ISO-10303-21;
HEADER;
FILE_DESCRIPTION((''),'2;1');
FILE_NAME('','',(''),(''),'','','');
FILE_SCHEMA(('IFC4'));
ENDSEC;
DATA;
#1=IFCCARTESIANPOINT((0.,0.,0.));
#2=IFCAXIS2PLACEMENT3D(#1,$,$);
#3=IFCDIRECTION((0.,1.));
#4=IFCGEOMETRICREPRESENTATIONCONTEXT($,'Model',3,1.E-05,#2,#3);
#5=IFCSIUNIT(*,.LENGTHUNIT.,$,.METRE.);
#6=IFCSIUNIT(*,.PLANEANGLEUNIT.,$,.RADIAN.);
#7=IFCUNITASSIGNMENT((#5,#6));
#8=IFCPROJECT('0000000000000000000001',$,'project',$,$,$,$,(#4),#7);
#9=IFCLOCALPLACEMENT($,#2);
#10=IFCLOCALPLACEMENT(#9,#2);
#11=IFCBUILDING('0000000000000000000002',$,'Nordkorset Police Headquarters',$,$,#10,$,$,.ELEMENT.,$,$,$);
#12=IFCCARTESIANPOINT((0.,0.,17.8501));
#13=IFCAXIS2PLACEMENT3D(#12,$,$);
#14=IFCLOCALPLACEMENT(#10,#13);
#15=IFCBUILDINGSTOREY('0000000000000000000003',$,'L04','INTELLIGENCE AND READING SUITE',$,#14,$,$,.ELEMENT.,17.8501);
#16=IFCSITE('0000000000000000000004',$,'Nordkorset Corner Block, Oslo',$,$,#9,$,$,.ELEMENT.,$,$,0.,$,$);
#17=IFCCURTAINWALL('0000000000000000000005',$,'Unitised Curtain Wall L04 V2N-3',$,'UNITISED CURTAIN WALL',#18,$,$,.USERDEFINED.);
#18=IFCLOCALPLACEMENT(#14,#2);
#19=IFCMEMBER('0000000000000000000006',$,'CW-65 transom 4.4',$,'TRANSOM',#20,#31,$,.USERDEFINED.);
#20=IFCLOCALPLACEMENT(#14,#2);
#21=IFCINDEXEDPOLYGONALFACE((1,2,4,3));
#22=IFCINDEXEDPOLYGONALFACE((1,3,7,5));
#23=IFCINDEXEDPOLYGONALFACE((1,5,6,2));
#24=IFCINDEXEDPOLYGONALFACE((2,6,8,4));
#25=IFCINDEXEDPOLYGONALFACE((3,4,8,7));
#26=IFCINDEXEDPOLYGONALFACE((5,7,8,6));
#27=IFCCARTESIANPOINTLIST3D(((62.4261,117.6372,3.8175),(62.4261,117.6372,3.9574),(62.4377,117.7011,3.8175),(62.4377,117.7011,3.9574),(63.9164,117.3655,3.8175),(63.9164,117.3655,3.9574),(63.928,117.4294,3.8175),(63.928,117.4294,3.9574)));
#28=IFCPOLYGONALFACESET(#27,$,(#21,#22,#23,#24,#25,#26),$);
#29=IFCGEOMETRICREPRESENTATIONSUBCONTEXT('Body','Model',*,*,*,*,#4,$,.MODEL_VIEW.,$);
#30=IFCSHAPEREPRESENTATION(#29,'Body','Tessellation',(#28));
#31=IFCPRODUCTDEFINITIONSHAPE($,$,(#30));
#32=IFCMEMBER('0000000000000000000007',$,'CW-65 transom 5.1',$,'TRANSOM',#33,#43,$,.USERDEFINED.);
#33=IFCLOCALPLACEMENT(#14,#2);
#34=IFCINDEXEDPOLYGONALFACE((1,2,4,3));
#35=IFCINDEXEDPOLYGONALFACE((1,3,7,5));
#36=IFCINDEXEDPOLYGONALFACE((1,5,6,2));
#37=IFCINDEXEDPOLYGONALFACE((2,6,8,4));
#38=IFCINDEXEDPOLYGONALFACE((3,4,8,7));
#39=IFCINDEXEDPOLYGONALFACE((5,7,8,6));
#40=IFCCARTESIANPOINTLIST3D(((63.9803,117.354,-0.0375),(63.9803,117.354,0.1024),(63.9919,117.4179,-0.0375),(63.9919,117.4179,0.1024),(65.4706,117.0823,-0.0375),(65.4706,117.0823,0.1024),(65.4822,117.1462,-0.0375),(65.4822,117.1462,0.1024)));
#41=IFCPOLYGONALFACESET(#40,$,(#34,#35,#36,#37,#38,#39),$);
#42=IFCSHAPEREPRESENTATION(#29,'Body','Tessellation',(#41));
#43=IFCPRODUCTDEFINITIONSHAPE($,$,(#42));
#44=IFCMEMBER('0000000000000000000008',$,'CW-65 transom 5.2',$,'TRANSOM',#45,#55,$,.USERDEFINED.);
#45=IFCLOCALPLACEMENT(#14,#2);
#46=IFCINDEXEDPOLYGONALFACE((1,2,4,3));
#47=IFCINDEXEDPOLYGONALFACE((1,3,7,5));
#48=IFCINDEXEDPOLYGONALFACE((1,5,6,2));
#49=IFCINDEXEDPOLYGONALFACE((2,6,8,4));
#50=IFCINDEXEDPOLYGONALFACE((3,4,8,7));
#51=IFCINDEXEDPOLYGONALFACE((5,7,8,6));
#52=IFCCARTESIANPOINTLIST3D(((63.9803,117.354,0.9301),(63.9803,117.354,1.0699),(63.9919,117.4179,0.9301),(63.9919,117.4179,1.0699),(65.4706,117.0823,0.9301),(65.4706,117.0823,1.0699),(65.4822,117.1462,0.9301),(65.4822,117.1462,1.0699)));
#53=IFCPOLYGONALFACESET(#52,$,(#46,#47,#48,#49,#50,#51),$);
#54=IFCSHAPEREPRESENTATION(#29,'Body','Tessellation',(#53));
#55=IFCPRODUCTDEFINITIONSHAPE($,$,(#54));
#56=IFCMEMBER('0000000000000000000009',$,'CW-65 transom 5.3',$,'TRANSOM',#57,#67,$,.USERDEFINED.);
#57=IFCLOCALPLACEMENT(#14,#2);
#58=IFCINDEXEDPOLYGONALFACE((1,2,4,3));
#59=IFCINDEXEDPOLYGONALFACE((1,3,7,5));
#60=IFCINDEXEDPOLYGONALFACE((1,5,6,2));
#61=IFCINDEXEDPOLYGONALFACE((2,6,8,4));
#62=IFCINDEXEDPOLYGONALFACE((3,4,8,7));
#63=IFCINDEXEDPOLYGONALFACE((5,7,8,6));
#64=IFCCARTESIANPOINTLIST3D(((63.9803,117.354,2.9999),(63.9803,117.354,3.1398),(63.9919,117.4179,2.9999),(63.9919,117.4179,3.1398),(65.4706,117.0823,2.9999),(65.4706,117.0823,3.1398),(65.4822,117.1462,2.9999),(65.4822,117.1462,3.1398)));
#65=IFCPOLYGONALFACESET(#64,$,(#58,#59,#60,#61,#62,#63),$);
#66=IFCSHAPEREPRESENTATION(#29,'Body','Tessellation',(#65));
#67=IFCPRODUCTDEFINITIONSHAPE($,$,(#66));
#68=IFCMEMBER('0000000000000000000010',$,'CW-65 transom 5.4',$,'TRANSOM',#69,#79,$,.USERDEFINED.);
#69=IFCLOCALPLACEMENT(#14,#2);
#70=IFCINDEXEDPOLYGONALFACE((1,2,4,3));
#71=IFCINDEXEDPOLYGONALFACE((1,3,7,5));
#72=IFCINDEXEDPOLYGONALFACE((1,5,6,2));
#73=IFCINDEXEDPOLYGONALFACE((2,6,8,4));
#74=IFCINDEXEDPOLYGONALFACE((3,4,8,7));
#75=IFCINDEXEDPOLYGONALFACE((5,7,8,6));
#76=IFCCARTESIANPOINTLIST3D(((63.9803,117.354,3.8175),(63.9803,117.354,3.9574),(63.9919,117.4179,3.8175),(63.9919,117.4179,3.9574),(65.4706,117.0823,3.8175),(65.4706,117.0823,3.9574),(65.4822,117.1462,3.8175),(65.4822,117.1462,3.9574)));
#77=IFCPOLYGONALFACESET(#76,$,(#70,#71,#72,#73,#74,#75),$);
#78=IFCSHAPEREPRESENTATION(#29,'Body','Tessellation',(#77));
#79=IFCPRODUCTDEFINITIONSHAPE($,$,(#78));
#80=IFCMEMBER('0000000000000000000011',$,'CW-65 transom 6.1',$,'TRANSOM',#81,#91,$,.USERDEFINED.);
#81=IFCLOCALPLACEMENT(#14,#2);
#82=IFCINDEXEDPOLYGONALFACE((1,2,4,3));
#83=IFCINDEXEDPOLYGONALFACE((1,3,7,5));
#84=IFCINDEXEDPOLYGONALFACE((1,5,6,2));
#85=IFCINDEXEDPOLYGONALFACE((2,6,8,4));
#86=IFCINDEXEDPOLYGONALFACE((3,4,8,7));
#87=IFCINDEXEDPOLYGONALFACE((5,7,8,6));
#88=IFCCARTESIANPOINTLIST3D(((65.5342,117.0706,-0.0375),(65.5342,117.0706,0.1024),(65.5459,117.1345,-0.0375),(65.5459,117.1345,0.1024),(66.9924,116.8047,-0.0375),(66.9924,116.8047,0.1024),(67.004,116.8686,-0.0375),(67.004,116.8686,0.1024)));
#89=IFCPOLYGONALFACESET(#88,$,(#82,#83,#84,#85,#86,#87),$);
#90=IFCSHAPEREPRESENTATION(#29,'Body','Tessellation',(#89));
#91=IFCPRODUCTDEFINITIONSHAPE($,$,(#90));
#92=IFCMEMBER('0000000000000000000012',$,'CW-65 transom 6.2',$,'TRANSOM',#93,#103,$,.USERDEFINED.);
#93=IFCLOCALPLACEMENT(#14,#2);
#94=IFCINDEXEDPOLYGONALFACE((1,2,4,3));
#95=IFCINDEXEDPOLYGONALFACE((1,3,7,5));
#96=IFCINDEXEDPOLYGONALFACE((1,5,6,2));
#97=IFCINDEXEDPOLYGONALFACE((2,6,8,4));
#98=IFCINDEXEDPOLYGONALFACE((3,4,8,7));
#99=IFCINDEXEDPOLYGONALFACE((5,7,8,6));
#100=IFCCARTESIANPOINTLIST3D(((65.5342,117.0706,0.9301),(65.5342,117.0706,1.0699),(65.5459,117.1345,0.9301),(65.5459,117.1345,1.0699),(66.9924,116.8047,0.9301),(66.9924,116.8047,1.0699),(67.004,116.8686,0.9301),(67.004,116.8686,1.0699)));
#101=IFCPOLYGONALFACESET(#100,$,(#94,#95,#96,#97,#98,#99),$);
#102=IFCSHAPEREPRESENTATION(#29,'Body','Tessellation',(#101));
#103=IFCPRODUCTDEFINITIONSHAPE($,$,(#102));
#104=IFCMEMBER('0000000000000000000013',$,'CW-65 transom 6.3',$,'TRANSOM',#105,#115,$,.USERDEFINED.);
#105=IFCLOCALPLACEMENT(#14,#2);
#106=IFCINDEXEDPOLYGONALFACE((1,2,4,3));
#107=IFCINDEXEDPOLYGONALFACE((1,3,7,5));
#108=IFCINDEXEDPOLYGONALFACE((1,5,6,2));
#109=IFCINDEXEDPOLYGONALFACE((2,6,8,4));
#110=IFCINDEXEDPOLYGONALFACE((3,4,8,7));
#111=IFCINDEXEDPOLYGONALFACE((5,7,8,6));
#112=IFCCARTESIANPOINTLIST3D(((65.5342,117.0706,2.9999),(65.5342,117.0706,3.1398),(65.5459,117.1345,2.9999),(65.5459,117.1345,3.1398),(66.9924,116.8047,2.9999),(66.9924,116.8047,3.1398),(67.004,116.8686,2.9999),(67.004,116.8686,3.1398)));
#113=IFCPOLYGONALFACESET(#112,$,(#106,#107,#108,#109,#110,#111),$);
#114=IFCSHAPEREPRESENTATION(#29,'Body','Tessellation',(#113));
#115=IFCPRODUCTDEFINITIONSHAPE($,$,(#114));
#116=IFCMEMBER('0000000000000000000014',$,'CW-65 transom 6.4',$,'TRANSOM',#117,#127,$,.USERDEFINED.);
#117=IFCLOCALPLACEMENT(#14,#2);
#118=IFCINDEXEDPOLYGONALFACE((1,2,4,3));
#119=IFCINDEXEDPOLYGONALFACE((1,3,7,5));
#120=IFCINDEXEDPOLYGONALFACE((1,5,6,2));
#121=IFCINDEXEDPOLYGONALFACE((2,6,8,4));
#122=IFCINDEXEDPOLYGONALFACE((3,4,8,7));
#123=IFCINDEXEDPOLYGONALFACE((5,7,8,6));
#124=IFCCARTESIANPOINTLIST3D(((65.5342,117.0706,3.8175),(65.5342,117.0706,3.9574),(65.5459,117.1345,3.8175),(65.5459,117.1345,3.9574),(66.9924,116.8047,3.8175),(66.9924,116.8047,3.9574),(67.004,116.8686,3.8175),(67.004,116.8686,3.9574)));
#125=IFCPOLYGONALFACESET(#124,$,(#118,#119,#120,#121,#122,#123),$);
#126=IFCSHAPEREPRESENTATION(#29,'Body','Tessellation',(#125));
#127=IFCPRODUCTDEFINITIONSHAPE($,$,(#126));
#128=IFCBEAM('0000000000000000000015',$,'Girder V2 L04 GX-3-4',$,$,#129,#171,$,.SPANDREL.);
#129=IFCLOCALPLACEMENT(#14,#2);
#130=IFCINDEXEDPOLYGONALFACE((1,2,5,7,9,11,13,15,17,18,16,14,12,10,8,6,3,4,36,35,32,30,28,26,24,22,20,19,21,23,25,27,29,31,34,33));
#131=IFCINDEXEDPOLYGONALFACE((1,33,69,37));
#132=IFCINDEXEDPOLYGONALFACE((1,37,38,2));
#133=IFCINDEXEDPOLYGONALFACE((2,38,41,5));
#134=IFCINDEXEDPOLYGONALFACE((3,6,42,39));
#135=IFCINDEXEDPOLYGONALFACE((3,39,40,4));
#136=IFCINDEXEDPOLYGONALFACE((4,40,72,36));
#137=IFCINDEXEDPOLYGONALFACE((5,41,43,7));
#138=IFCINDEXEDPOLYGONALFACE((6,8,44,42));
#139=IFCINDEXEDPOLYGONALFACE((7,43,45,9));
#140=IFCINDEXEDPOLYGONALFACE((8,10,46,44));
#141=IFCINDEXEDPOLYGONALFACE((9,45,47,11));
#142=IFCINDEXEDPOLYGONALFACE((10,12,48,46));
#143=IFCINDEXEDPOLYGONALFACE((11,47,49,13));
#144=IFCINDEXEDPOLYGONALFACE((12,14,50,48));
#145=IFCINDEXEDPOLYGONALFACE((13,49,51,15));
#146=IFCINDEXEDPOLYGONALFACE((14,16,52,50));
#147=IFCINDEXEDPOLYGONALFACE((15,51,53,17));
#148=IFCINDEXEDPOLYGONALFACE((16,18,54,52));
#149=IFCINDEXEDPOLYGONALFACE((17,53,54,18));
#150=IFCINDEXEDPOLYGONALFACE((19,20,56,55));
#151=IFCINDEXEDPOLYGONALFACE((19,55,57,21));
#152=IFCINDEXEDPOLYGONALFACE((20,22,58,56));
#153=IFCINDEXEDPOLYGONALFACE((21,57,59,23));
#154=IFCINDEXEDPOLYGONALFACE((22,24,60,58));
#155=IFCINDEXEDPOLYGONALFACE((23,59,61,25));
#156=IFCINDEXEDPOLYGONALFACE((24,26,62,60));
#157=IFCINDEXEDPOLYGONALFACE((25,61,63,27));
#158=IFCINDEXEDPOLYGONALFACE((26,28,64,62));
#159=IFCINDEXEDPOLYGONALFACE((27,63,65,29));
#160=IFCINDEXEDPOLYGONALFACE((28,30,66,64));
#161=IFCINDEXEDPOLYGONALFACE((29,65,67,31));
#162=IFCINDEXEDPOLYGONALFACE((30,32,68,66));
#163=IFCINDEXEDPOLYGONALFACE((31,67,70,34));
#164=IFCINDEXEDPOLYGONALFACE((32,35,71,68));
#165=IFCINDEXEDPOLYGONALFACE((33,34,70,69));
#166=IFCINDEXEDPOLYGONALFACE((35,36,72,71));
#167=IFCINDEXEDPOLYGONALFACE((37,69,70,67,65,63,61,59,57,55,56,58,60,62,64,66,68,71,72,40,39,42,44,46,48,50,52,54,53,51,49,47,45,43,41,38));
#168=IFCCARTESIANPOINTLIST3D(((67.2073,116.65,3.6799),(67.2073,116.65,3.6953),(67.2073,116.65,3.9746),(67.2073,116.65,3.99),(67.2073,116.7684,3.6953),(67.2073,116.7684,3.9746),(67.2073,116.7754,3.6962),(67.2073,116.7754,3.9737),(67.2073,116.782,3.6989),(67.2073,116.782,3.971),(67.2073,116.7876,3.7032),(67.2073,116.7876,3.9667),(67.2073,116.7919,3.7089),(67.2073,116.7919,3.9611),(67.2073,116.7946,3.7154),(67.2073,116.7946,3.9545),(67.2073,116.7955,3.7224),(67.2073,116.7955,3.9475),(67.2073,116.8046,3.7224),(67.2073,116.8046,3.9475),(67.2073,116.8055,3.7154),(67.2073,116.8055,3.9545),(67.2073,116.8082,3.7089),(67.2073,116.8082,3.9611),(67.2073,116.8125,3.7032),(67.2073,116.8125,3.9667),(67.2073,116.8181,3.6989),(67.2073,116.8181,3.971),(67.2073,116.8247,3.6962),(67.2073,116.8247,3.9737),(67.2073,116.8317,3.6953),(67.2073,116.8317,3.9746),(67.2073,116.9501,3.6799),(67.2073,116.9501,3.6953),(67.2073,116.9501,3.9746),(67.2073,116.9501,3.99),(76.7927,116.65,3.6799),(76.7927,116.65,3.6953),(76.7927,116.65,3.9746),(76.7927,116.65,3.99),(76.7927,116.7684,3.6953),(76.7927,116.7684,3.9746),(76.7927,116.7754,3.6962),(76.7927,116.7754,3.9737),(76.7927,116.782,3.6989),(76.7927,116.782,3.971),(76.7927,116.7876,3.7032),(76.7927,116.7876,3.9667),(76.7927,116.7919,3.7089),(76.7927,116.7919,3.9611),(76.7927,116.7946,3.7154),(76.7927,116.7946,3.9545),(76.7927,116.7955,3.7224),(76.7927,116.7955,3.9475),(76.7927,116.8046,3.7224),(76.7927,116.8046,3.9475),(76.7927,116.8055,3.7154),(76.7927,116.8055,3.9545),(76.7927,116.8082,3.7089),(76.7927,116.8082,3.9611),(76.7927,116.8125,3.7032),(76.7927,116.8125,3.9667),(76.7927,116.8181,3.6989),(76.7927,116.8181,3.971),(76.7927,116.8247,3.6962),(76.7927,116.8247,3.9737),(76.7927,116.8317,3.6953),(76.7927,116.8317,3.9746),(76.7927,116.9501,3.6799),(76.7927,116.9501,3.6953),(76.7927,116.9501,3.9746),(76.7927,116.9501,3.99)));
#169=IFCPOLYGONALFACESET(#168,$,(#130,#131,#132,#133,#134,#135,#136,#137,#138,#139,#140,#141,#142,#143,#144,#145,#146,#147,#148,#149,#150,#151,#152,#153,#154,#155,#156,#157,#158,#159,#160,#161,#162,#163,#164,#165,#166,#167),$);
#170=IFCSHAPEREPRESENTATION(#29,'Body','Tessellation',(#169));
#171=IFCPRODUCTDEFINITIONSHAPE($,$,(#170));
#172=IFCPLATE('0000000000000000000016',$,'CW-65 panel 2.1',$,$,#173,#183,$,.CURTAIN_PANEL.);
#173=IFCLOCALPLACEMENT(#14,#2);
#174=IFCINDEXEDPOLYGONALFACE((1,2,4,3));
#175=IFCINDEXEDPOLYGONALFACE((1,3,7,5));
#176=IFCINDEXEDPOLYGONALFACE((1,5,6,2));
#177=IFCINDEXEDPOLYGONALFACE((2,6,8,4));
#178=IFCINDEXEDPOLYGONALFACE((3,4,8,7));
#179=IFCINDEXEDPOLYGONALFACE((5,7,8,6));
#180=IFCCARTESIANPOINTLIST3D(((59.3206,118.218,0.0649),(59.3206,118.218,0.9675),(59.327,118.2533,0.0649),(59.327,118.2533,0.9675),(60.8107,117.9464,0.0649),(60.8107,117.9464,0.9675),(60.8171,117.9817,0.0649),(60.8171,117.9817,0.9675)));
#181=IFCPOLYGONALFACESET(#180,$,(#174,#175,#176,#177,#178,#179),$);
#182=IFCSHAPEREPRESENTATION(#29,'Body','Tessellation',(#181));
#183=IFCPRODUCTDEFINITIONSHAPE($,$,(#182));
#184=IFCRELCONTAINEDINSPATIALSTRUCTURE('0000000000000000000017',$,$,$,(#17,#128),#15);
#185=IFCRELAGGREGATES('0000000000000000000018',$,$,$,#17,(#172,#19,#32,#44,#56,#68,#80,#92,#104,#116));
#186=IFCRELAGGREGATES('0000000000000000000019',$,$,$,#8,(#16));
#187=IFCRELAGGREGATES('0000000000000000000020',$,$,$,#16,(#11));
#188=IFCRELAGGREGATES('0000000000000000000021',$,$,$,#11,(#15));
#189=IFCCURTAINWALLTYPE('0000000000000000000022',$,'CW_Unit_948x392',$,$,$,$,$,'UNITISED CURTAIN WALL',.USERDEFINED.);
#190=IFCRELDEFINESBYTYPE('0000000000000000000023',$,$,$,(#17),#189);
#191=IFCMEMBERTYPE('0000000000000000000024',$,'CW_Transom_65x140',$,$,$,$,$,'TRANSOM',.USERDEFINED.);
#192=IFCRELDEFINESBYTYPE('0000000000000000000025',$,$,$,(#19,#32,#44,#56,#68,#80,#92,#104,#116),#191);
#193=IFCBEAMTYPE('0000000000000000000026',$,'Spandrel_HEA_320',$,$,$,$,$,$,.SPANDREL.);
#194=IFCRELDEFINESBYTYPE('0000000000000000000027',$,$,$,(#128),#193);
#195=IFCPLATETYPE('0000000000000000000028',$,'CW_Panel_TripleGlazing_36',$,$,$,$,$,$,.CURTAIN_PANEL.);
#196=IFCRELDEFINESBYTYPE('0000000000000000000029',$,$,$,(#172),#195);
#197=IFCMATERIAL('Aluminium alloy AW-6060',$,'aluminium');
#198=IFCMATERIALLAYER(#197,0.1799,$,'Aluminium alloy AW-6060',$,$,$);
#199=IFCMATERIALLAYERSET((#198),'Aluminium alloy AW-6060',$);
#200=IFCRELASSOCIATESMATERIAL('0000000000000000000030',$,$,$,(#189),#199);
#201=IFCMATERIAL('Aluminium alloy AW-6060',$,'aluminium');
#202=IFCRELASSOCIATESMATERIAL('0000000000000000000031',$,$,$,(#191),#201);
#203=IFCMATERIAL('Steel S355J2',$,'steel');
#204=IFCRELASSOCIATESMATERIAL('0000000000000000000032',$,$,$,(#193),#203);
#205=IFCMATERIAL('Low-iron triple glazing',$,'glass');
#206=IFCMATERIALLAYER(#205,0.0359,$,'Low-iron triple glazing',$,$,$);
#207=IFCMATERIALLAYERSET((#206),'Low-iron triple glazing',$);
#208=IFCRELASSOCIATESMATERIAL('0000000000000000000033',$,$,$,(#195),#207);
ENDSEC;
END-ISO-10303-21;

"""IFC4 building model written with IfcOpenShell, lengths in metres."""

from ifc_helpers import new_model, si_unit, direction, frame, origin, origin_2d, place, context, subcontext, project, spatial, rectangle, i_section, extrude, material, layer, layer_set, material_profile, profile_set, type_object, element, aggregate, save


model = new_model("IFC4")

# Units and contexts
model_context = context("Model", 3, precision=1e-05, world=origin(), true_north=direction((0.0, 1.0)))
body_context = subcontext(model_context, "Body", "Model", "MODEL_VIEW")
ifc_project = project(units=[si_unit("LENGTHUNIT", "METRE"), si_unit("PLANEANGLEUNIT", "RADIAN")], contexts=[model_context])

# Site, building, storey
site_placement = place(None, origin())
site = spatial("IfcSite", under=ifc_project, at=site_placement, Name="Nordkorset Corner Block, Oslo", CompositionType="ELEMENT", RefElevation=0.0)
building_placement = place(site_placement, origin())
building = spatial("IfcBuilding", under=site, at=building_placement, Name="Nordkorset Police Headquarters", CompositionType="ELEMENT")
storey_placement = place(building_placement, frame((0.0, 0.0, 17.8501)))
storey = spatial("IfcBuildingStorey", under=building, at=storey_placement, Name="L04", Description="INTELLIGENCE AND READING SUITE", CompositionType="ELEMENT", Elevation=17.8501)

# Curtain wall
ifc_material_1 = material(Name="Aluminium alloy AW-6060", Category="aluminium")
ifc_layer_1 = layer(ifc_material_1, 0.1799, Name="Aluminium alloy AW-6060")
ifc_layer_set_1 = layer_set([ifc_layer_1], Name="Aluminium alloy AW-6060")
curtain_wall_type_1 = type_object("IfcCurtainWallType", Name="CW_Unit_948x392", ElementType="UNITISED CURTAIN WALL", PredefinedType="USERDEFINED", material=ifc_layer_set_1)
curtain_wall_1_placement = place(storey_placement, origin())
curtain_wall_1 = element("IfcCurtainWall", 1, at=curtain_wall_1_placement, inside=storey, type_object=curtain_wall_type_1, Name="Unitised Curtain Wall L04 V2N-3", ObjectType="UNITISED CURTAIN WALL", PredefinedType="USERDEFINED")

# Members
ifc_material_2 = material(Name="Aluminium alloy AW-6060", Category="aluminium")
ifc_material_profile_1 = material_profile(ifc_material_2, rectangle(XDim=0.0649, YDim=0.1399, at=origin_2d()), Name="ALU TRAN 65x140")
ifc_profile_set_1 = profile_set([ifc_material_profile_1], Name="Aluminium alloy AW-6060")
member_type_1 = type_object("IfcMemberType", Name="CW_Transom_65x140", ElementType="TRANSOM", PredefinedType="USERDEFINED", material=ifc_profile_set_1)
member_1_placement = place(storey_placement, frame((62.4319, 117.6692, 3.8875), z_axis=(0.98378, -0.179382, 0.0), x_axis=(0.179382, 0.98378, 0.0)))
member_1 = element("IfcMember", 2, at=member_1_placement, type_object=member_type_1, Name="CW-65 transom 4.4", ObjectType="TRANSOM", PredefinedType="USERDEFINED", context=body_context, shape_type="SweptSolid", body=[
    extrude(rectangle(XDim=0.0649, YDim=0.1399, at=origin_2d()), origin(), (0.0, 0.0, 1.0), 1.5149),
])
member_2_placement = place(storey_placement, frame((63.9861, 117.386, 0.0325), z_axis=(0.98378, -0.179382, 0.0), x_axis=(0.179382, 0.98378, 0.0)))
member_2 = element("IfcMember", 3, at=member_2_placement, type_object=member_type_1, Name="CW-65 transom 5.1", ObjectType="TRANSOM", PredefinedType="USERDEFINED", context=body_context, shape_type="SweptSolid", body=[
    extrude(rectangle(XDim=0.0649, YDim=0.1399, at=origin_2d()), origin(), (0.0, 0.0, 1.0), 1.5149),
])
member_3_placement = place(storey_placement, frame((63.9861, 117.386, 1.0), z_axis=(0.98378, -0.179382, 0.0), x_axis=(0.179382, 0.98378, 0.0)))
member_3 = element("IfcMember", 4, at=member_3_placement, type_object=member_type_1, Name="CW-65 transom 5.2", ObjectType="TRANSOM", PredefinedType="USERDEFINED", context=body_context, shape_type="SweptSolid", body=[
    extrude(rectangle(XDim=0.0649, YDim=0.1399, at=origin_2d()), origin(), (0.0, 0.0, 1.0), 1.5149),
])
member_4_placement = place(storey_placement, frame((63.9861, 117.386, 3.0698), z_axis=(0.98378, -0.179382, 0.0), x_axis=(0.179382, 0.98378, 0.0)))
member_4 = element("IfcMember", 5, at=member_4_placement, type_object=member_type_1, Name="CW-65 transom 5.3", ObjectType="TRANSOM", PredefinedType="USERDEFINED", context=body_context, shape_type="SweptSolid", body=[
    extrude(rectangle(XDim=0.0649, YDim=0.1399, at=origin_2d()), origin(), (0.0, 0.0, 1.0), 1.5149),
])
member_5_placement = place(storey_placement, frame((63.9861, 117.386, 3.8875), z_axis=(0.98378, -0.179382, 0.0), x_axis=(0.179382, 0.98378, 0.0)))
member_5 = element("IfcMember", 6, at=member_5_placement, type_object=member_type_1, Name="CW-65 transom 5.4", ObjectType="TRANSOM", PredefinedType="USERDEFINED", context=body_context, shape_type="SweptSolid", body=[
    extrude(rectangle(XDim=0.0649, YDim=0.1399, at=origin_2d()), origin(), (0.0, 0.0, 1.0), 1.5149),
])
member_6_placement = place(storey_placement, frame((65.54, 117.1025, 0.0325), z_axis=(0.983783, -0.179364, 0.0), x_axis=(0.179364, 0.983783, 0.0)))
member_6 = element("IfcMember", 7, at=member_6_placement, type_object=member_type_1, Name="CW-65 transom 6.1", ObjectType="TRANSOM", PredefinedType="USERDEFINED", context=body_context, shape_type="SweptSolid", body=[
    extrude(rectangle(XDim=0.0649, YDim=0.1399, at=origin_2d()), origin(), (0.0, 0.0, 1.0), 1.4822),
])
member_7_placement = place(storey_placement, frame((65.54, 117.1025, 1.0), z_axis=(0.983783, -0.179364, 0.0), x_axis=(0.179364, 0.983783, 0.0)))
member_7 = element("IfcMember", 8, at=member_7_placement, type_object=member_type_1, Name="CW-65 transom 6.2", ObjectType="TRANSOM", PredefinedType="USERDEFINED", context=body_context, shape_type="SweptSolid", body=[
    extrude(rectangle(XDim=0.0649, YDim=0.1399, at=origin_2d()), origin(), (0.0, 0.0, 1.0), 1.4822),
])
member_8_placement = place(storey_placement, frame((65.54, 117.1025, 3.0698), z_axis=(0.983783, -0.179364, 0.0), x_axis=(0.179364, 0.983783, 0.0)))
member_8 = element("IfcMember", 9, at=member_8_placement, type_object=member_type_1, Name="CW-65 transom 6.3", ObjectType="TRANSOM", PredefinedType="USERDEFINED", context=body_context, shape_type="SweptSolid", body=[
    extrude(rectangle(XDim=0.0649, YDim=0.1399, at=origin_2d()), origin(), (0.0, 0.0, 1.0), 1.4822),
])
member_9_placement = place(storey_placement, frame((65.54, 117.1025, 3.8875), z_axis=(0.983783, -0.179364, 0.0), x_axis=(0.179364, 0.983783, 0.0)))
member_9 = element("IfcMember", 10, at=member_9_placement, type_object=member_type_1, Name="CW-65 transom 6.4", ObjectType="TRANSOM", PredefinedType="USERDEFINED", context=body_context, shape_type="SweptSolid", body=[
    extrude(rectangle(XDim=0.0649, YDim=0.1399, at=origin_2d()), origin(), (0.0, 0.0, 1.0), 1.4822),
])

# Beam
ifc_material_3 = material(Name="Steel S355J2", Category="steel")
ifc_material_profile_2 = material_profile(ifc_material_3, i_section(OverallWidth=0.3, OverallDepth=0.3101, WebThickness=0.009, FlangeThickness=0.0154, FilletRadius=0.0271, at=origin_2d()), Name="HEA 320")
ifc_profile_set_2 = profile_set([ifc_material_profile_2], Name="Steel S355J2")
beam_type = type_object("IfcBeamType", Name="Spandrel_HEA_320", PredefinedType="SPANDREL", material=ifc_profile_set_2)
beam_placement = place(storey_placement, frame((67.2073, 116.8, 3.835), z_axis=(1.0, 0.0, 0.0), x_axis=(0.0, 1.0, 0.0)))
element("IfcBeam", 11, at=beam_placement, inside=storey, type_object=beam_type, Name="Girder V2 L04 GX-3-4", PredefinedType="SPANDREL", context=body_context, shape_type="SweptSolid", body=[
    extrude(i_section(OverallWidth=0.3, OverallDepth=0.3101, WebThickness=0.009, FlangeThickness=0.0154, FilletRadius=0.0271, at=origin_2d()), origin(), (0.0, 0.0, 1.0), 9.5854),
])

# Plate
ifc_material_4 = material(Name="Low-iron triple glazing", Category="glass")
ifc_layer_2 = layer(ifc_material_4, 0.0359, Name="Low-iron triple glazing")
ifc_layer_set_2 = layer_set([ifc_layer_2], Name="Low-iron triple glazing")
plate_type = type_object("IfcPlateType", Name="CW_Panel_TripleGlazing_36", PredefinedType="CURTAIN_PANEL", material=ifc_layer_set_2)
plate_1_placement = place(storey_placement, frame((60.0688, 118.0999, 0.0649), z_axis=(0.0, 0.0, 1.0), x_axis=(0.983788, -0.179336, 0.0)))
plate_1 = element("IfcPlate", 12, at=plate_1_placement, type_object=plate_type, Name="CW-65 panel 2.1", PredefinedType="CURTAIN_PANEL", context=body_context, shape_type="SweptSolid", body=[
    extrude(rectangle(XDim=1.5146, YDim=0.0359, at=origin_2d()), origin(), (0.0, 0.0, 1.0), 0.9026),
])
aggregate(curtain_wall_1, [plate_1, member_1, member_2, member_3, member_4, member_5, member_6, member_7, member_8, member_9])

save(model, "model.ifc")
